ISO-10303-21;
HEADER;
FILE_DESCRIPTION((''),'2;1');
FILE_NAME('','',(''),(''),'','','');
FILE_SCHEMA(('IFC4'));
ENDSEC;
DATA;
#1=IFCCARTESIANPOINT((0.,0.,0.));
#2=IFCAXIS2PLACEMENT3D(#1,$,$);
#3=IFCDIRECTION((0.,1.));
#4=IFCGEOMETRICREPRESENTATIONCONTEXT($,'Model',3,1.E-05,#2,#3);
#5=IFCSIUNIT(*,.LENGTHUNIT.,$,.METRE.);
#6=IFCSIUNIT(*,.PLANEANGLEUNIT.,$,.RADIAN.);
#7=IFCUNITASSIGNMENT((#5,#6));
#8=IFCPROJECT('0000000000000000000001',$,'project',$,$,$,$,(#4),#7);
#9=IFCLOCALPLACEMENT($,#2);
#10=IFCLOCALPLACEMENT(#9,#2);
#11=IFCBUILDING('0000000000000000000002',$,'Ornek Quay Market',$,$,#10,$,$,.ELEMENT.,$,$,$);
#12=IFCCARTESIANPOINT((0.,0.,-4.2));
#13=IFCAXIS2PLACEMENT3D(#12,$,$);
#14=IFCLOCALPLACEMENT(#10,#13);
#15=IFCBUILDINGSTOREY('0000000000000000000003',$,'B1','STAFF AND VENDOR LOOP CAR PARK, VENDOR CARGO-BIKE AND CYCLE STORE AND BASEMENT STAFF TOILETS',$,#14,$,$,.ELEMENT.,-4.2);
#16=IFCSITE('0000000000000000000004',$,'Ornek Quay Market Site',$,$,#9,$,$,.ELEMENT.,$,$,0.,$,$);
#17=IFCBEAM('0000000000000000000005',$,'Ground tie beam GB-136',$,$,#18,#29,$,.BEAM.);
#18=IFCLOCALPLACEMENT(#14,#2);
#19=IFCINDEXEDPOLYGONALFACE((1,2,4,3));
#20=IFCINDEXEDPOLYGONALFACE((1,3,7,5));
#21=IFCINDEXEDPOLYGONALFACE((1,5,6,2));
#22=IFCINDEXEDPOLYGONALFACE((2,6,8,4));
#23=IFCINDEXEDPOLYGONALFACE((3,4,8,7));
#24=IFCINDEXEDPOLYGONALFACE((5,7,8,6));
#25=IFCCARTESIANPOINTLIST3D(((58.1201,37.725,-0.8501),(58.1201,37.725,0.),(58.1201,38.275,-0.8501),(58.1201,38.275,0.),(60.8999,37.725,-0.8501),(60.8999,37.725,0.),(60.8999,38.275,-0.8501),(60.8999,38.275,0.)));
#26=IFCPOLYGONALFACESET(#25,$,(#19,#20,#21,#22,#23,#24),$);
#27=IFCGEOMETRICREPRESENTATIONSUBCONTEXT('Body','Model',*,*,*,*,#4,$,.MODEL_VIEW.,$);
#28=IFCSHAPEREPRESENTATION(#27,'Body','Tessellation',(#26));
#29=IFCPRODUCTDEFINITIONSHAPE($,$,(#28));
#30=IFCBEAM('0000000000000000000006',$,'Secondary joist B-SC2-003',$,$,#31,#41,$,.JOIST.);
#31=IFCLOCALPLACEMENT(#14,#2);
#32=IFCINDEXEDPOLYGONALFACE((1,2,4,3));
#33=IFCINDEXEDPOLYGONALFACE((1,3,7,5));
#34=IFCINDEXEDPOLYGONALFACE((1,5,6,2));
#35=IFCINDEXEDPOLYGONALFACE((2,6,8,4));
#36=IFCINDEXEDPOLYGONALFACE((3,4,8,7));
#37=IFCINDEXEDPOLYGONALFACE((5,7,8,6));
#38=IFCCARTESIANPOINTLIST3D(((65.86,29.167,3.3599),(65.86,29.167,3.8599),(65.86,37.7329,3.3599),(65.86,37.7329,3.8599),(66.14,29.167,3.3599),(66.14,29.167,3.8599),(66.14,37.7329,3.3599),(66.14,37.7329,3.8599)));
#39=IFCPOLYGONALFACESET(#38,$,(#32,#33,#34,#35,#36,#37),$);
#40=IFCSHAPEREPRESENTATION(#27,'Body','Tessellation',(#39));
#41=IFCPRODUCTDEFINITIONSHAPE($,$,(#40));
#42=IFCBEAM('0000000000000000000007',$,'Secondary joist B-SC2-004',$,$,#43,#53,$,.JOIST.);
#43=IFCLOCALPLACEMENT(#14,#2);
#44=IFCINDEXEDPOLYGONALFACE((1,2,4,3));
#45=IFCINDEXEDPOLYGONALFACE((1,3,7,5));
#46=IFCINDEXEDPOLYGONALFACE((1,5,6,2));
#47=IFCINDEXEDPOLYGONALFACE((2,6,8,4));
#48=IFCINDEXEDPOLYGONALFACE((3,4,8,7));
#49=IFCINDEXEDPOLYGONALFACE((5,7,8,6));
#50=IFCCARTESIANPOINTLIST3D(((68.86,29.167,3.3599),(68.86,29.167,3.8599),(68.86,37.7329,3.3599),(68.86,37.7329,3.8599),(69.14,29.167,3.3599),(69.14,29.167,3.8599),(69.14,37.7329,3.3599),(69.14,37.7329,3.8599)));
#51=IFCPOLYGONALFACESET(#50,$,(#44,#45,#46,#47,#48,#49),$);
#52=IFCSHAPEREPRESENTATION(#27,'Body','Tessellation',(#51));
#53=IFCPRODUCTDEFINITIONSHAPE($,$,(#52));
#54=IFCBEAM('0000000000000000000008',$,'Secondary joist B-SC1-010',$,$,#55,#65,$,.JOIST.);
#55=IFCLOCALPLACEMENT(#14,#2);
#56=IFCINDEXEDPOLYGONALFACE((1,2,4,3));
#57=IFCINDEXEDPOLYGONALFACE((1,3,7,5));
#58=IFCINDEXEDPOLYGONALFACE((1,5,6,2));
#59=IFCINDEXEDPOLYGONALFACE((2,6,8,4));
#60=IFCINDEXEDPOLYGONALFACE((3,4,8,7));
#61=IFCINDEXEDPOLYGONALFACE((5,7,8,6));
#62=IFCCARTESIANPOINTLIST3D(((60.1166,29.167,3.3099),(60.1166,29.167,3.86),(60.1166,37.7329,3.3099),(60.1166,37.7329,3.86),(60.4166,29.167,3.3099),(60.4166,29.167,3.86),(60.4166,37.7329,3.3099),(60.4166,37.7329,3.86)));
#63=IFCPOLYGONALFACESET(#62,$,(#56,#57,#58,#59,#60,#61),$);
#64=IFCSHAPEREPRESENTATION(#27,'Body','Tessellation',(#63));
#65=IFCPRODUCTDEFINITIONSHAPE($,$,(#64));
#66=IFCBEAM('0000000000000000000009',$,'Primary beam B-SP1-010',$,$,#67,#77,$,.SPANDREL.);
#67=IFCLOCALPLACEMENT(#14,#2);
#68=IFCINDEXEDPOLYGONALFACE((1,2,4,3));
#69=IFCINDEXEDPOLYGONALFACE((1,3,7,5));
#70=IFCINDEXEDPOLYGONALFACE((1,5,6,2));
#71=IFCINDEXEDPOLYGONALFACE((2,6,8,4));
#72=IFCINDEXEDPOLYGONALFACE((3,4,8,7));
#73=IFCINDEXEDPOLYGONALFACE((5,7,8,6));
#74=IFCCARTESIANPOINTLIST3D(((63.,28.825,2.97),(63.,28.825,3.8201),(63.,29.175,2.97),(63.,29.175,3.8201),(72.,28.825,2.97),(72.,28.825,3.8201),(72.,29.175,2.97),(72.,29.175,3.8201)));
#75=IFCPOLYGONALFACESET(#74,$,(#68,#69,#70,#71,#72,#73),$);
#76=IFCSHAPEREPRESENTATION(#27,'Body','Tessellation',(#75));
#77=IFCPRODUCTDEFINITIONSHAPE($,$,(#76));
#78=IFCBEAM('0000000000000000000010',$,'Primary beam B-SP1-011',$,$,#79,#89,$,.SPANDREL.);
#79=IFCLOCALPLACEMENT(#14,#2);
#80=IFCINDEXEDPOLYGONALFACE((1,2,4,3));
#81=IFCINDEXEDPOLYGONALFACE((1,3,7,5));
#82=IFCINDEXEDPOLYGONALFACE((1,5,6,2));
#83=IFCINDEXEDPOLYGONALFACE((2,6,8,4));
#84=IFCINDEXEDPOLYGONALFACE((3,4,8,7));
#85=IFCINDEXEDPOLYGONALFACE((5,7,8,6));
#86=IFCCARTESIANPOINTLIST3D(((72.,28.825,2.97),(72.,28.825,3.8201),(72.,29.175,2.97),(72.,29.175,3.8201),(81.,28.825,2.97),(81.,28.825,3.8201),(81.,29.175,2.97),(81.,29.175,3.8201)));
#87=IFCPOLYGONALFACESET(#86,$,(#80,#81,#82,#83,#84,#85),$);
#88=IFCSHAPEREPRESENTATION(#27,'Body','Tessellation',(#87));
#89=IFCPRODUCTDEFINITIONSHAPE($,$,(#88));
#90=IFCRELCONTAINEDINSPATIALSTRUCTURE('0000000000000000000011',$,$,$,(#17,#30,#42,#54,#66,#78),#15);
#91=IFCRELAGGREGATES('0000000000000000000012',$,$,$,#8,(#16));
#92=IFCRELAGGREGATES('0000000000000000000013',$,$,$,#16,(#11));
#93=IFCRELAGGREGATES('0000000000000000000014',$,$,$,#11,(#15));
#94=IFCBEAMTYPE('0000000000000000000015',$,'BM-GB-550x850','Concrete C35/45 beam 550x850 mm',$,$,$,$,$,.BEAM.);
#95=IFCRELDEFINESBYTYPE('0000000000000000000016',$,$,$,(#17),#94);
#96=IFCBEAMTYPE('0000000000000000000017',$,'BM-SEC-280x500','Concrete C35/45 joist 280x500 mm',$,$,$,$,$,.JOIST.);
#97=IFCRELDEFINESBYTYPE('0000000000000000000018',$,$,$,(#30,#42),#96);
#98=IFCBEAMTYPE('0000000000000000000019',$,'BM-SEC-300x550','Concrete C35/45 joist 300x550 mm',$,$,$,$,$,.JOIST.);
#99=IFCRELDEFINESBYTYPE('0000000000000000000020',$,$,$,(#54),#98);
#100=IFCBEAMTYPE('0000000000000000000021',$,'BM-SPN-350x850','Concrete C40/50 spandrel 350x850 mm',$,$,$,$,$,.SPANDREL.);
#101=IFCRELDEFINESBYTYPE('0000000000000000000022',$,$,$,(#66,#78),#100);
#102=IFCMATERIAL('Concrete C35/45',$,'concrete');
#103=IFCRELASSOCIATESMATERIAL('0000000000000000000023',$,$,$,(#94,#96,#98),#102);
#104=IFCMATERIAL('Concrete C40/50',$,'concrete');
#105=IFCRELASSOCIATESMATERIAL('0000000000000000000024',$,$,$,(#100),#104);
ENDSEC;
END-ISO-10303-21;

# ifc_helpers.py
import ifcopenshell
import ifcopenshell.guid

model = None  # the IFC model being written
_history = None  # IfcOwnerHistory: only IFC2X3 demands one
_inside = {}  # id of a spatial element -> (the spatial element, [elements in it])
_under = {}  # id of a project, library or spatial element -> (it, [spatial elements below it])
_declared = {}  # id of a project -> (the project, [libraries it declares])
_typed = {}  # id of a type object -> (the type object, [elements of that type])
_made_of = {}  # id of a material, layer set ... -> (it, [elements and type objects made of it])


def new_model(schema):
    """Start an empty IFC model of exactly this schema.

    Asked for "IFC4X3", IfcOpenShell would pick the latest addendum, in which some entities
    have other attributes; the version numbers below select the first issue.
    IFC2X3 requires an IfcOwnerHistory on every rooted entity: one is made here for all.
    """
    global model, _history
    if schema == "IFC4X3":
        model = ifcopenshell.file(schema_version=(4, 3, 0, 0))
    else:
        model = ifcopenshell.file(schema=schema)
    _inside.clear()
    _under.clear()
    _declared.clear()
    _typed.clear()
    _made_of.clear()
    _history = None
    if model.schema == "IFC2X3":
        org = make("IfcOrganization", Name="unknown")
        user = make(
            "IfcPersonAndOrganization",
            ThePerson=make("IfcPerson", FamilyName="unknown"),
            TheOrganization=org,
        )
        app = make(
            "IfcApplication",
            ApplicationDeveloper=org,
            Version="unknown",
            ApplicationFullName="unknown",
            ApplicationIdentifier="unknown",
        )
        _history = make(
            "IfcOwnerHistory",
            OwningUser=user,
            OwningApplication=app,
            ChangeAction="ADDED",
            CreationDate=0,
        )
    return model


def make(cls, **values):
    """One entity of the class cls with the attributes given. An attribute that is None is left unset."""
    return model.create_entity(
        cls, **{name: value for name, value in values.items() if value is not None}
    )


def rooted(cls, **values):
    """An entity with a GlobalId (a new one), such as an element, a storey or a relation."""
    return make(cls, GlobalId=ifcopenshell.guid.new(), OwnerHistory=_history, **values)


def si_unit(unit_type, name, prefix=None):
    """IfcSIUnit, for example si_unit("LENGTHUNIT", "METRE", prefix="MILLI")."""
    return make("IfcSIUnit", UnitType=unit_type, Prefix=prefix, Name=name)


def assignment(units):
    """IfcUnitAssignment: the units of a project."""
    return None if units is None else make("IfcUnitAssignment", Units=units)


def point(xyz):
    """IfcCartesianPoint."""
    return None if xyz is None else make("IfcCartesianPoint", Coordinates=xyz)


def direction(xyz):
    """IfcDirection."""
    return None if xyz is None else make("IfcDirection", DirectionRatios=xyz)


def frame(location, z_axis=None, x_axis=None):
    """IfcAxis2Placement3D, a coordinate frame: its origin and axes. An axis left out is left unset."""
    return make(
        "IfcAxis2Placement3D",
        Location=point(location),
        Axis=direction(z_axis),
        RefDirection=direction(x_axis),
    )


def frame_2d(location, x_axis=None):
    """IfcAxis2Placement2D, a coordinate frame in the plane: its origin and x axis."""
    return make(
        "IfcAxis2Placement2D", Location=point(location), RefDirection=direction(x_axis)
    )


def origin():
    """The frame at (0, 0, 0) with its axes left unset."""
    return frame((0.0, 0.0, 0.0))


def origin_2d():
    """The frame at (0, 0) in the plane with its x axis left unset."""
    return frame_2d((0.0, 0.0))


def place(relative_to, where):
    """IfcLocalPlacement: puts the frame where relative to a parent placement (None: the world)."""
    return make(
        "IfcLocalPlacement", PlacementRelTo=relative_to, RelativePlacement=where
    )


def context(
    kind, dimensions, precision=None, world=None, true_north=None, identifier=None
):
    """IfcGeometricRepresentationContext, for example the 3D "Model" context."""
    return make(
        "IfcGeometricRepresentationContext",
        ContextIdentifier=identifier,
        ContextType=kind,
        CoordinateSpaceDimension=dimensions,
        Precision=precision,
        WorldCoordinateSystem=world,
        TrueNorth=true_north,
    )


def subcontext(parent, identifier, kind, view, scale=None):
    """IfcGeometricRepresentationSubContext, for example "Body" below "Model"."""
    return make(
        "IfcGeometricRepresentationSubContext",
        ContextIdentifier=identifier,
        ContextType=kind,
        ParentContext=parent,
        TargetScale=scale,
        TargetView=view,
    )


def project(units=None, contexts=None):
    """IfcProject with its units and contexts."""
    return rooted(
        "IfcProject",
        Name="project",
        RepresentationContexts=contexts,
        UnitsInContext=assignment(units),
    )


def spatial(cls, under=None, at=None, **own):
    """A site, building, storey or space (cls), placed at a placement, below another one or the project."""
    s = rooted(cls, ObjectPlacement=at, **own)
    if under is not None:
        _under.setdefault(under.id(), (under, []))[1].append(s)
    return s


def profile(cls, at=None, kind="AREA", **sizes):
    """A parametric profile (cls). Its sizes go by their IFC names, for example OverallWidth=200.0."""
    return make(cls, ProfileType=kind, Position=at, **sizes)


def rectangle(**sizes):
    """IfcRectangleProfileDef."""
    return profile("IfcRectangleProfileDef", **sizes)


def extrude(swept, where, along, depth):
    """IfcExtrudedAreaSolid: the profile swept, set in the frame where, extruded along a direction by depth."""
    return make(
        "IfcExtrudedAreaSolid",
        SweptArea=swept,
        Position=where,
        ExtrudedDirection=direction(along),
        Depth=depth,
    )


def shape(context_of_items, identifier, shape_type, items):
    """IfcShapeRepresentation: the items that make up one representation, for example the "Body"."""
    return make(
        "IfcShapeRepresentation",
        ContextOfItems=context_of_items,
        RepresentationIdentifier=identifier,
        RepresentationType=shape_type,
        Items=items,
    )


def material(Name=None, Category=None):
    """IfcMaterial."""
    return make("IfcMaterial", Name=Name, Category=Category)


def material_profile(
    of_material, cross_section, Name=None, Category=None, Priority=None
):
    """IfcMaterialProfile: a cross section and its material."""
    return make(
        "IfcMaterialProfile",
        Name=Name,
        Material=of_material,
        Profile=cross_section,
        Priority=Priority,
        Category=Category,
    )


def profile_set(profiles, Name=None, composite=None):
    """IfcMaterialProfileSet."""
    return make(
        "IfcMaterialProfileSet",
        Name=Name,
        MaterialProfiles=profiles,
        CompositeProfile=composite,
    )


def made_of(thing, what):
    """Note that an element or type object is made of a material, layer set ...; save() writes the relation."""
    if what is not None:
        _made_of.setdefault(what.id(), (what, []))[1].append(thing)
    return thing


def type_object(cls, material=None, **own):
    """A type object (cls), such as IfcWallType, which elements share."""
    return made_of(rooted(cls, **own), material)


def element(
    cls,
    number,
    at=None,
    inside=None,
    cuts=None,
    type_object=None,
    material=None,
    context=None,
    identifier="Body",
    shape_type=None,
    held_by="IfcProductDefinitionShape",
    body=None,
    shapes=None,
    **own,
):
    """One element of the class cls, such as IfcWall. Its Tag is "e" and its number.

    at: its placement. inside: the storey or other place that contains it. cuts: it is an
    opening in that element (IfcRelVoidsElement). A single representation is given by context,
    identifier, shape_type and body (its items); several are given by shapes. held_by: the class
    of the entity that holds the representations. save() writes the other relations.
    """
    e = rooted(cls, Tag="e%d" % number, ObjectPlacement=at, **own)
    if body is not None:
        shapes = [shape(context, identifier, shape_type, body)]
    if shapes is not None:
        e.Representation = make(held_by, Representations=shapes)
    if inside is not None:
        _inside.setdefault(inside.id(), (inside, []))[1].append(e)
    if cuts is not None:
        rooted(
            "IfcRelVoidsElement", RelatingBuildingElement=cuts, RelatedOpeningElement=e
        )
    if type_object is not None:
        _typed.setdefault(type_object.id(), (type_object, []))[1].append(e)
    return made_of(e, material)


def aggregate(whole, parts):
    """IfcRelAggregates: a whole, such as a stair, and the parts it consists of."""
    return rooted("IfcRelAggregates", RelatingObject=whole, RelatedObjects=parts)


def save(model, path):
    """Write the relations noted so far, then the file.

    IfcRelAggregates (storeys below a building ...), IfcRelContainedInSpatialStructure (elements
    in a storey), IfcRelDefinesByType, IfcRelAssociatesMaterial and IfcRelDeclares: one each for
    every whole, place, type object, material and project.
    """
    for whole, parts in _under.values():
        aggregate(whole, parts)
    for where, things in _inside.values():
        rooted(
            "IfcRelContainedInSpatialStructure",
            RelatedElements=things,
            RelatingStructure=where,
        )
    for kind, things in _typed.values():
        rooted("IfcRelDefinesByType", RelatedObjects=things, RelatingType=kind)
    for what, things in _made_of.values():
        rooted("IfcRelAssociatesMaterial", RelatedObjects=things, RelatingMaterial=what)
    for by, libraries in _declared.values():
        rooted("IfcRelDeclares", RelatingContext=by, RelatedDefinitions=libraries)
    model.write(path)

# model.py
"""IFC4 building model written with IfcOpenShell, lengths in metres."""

from ifc_helpers import new_model, si_unit, direction, frame, origin, origin_2d, place, context, subcontext, project, spatial, rectangle, extrude, material, material_profile, profile_set, type_object, element, save


model = new_model("IFC4")

# Units and contexts
model_context = context("Model", 3, precision=1e-05, world=origin(), true_north=direction((0.0, 1.0)))
body_context = subcontext(model_context, "Body", "Model", "MODEL_VIEW")
ifc_project = project(units=[si_unit("LENGTHUNIT", "METRE"), si_unit("PLANEANGLEUNIT", "RADIAN")], contexts=[model_context])

# Site, building, storey
site_placement = place(None, origin())
site = spatial("IfcSite", under=ifc_project, at=site_placement, Name="Ornek Quay Market Site", CompositionType="ELEMENT", RefElevation=0.0)
building_placement = place(site_placement, origin())
building = spatial("IfcBuilding", under=site, at=building_placement, Name="Ornek Quay Market", CompositionType="ELEMENT")
storey_placement = place(building_placement, frame((0.0, 0.0, -4.2)))
storey = spatial("IfcBuildingStorey", under=building, at=storey_placement, Name="B1", Description="STAFF AND VENDOR LOOP CAR PARK, VENDOR CARGO-BIKE AND CYCLE STORE AND BASEMENT STAFF TOILETS", CompositionType="ELEMENT", Elevation=-4.2)

# Shared definitions
ifc_material_1 = material(Name="Concrete C35/45", Category="concrete")

# Shared definitions
ifc_material_2 = material(Name="Concrete C40/50", Category="concrete")

# Beams
ifc_material_profile_1 = material_profile(ifc_material_1, rectangle(XDim=0.55, YDim=0.8501, at=origin_2d()), Name="RC 550x850", Category="concrete")
ifc_profile_set_1 = profile_set([ifc_material_profile_1], Name="Concrete C35/45")
beam_type_1 = type_object("IfcBeamType", Name="BM-GB-550x850", Description="Concrete C35/45 beam 550x850 mm", PredefinedType="BEAM", material=ifc_profile_set_1)
beam_1_placement = place(storey_placement, frame((58.1201, 38.0, -0.425), z_axis=(1.0, 0.0, 0.0), x_axis=(0.0, 1.0, 0.0)))
element("IfcBeam", 1, at=beam_1_placement, inside=storey, type_object=beam_type_1, Name="Ground tie beam GB-136", PredefinedType="BEAM", context=body_context, shape_type="SweptSolid", body=[
    extrude(rectangle(XDim=0.55, YDim=0.8501, at=origin_2d()), origin(), (0.0, 0.0, 1.0), 2.7798),
])
ifc_material_profile_2 = material_profile(ifc_material_1, rectangle(XDim=0.28, YDim=0.5, at=origin_2d()), Name="RC 280x500", Category="concrete")
ifc_profile_set_2 = profile_set([ifc_material_profile_2], Name="Concrete C35/45")
beam_type_2 = type_object("IfcBeamType", Name="BM-SEC-280x500", Description="Concrete C35/45 joist 280x500 mm", PredefinedType="JOIST", material=ifc_profile_set_2)
for number, where, z_axis, x_axis, name in (
    (2, (66.0, 29.167, 3.6099), (0.0, 1.0, 0.0), (-1.0, 0.0, 0.0), "Secondary joist B-SC2-003"),
    (3, (69.0, 29.167, 3.6099), (0.0, 1.0, 0.0), (-1.0, 0.0, 0.0), "Secondary joist B-SC2-004"),
):
    element("IfcBeam", number, at=place(storey_placement, frame(where, z_axis=z_axis, x_axis=x_axis)), inside=storey, type_object=beam_type_2, Name=name, PredefinedType="JOIST", context=body_context, shape_type="SweptSolid", body=[
        extrude(rectangle(XDim=0.28, YDim=0.5, at=origin_2d()), origin(), (0.0, 0.0, 1.0), 8.5659),
    ])
ifc_material_profile_3 = material_profile(ifc_material_1, rectangle(XDim=0.3, YDim=0.55, at=origin_2d()), Name="RC 300x550", Category="concrete")
ifc_profile_set_3 = profile_set([ifc_material_profile_3], Name="Concrete C35/45")
beam_type_3 = type_object("IfcBeamType", Name="BM-SEC-300x550", Description="Concrete C35/45 joist 300x550 mm", PredefinedType="JOIST", material=ifc_profile_set_3)
beam_2_placement = place(storey_placement, frame((60.2666, 29.167, 3.585), z_axis=(0.0, 1.0, 0.0), x_axis=(-1.0, 0.0, 0.0)))
element("IfcBeam", 4, at=beam_2_placement, inside=storey, type_object=beam_type_3, Name="Secondary joist B-SC1-010", PredefinedType="JOIST", context=body_context, shape_type="SweptSolid", body=[
    extrude(rectangle(XDim=0.3, YDim=0.55, at=origin_2d()), origin(), (0.0, 0.0, 1.0), 8.5659),
])
ifc_material_profile_4 = material_profile(ifc_material_2, rectangle(XDim=0.3501, YDim=0.8501, at=origin_2d()), Name="RC 350x850", Category="concrete")
ifc_profile_set_4 = profile_set([ifc_material_profile_4], Name="Concrete C40/50")
beam_type_4 = type_object("IfcBeamType", Name="BM-SPN-350x850", Description="Concrete C40/50 spandrel 350x850 mm", PredefinedType="SPANDREL", material=ifc_profile_set_4)
for number, where, z_axis, x_axis, name in (
    (5, (63.0, 29.0, 3.395), (1.0, 0.0, 0.0), (0.0, 1.0, 0.0), "Primary beam B-SP1-010"),
    (6, (72.0, 29.0, 3.395), (1.0, 0.0, 0.0), (0.0, 1.0, 0.0), "Primary beam B-SP1-011"),
):
    element("IfcBeam", number, at=place(storey_placement, frame(where, z_axis=z_axis, x_axis=x_axis)), inside=storey, type_object=beam_type_4, Name=name, PredefinedType="SPANDREL", context=body_context, shape_type="SweptSolid", body=[
        extrude(rectangle(XDim=0.3501, YDim=0.8501, at=origin_2d()), origin(), (0.0, 0.0, 1.0), 9.0),
    ])

save(model, "model.ifc")
